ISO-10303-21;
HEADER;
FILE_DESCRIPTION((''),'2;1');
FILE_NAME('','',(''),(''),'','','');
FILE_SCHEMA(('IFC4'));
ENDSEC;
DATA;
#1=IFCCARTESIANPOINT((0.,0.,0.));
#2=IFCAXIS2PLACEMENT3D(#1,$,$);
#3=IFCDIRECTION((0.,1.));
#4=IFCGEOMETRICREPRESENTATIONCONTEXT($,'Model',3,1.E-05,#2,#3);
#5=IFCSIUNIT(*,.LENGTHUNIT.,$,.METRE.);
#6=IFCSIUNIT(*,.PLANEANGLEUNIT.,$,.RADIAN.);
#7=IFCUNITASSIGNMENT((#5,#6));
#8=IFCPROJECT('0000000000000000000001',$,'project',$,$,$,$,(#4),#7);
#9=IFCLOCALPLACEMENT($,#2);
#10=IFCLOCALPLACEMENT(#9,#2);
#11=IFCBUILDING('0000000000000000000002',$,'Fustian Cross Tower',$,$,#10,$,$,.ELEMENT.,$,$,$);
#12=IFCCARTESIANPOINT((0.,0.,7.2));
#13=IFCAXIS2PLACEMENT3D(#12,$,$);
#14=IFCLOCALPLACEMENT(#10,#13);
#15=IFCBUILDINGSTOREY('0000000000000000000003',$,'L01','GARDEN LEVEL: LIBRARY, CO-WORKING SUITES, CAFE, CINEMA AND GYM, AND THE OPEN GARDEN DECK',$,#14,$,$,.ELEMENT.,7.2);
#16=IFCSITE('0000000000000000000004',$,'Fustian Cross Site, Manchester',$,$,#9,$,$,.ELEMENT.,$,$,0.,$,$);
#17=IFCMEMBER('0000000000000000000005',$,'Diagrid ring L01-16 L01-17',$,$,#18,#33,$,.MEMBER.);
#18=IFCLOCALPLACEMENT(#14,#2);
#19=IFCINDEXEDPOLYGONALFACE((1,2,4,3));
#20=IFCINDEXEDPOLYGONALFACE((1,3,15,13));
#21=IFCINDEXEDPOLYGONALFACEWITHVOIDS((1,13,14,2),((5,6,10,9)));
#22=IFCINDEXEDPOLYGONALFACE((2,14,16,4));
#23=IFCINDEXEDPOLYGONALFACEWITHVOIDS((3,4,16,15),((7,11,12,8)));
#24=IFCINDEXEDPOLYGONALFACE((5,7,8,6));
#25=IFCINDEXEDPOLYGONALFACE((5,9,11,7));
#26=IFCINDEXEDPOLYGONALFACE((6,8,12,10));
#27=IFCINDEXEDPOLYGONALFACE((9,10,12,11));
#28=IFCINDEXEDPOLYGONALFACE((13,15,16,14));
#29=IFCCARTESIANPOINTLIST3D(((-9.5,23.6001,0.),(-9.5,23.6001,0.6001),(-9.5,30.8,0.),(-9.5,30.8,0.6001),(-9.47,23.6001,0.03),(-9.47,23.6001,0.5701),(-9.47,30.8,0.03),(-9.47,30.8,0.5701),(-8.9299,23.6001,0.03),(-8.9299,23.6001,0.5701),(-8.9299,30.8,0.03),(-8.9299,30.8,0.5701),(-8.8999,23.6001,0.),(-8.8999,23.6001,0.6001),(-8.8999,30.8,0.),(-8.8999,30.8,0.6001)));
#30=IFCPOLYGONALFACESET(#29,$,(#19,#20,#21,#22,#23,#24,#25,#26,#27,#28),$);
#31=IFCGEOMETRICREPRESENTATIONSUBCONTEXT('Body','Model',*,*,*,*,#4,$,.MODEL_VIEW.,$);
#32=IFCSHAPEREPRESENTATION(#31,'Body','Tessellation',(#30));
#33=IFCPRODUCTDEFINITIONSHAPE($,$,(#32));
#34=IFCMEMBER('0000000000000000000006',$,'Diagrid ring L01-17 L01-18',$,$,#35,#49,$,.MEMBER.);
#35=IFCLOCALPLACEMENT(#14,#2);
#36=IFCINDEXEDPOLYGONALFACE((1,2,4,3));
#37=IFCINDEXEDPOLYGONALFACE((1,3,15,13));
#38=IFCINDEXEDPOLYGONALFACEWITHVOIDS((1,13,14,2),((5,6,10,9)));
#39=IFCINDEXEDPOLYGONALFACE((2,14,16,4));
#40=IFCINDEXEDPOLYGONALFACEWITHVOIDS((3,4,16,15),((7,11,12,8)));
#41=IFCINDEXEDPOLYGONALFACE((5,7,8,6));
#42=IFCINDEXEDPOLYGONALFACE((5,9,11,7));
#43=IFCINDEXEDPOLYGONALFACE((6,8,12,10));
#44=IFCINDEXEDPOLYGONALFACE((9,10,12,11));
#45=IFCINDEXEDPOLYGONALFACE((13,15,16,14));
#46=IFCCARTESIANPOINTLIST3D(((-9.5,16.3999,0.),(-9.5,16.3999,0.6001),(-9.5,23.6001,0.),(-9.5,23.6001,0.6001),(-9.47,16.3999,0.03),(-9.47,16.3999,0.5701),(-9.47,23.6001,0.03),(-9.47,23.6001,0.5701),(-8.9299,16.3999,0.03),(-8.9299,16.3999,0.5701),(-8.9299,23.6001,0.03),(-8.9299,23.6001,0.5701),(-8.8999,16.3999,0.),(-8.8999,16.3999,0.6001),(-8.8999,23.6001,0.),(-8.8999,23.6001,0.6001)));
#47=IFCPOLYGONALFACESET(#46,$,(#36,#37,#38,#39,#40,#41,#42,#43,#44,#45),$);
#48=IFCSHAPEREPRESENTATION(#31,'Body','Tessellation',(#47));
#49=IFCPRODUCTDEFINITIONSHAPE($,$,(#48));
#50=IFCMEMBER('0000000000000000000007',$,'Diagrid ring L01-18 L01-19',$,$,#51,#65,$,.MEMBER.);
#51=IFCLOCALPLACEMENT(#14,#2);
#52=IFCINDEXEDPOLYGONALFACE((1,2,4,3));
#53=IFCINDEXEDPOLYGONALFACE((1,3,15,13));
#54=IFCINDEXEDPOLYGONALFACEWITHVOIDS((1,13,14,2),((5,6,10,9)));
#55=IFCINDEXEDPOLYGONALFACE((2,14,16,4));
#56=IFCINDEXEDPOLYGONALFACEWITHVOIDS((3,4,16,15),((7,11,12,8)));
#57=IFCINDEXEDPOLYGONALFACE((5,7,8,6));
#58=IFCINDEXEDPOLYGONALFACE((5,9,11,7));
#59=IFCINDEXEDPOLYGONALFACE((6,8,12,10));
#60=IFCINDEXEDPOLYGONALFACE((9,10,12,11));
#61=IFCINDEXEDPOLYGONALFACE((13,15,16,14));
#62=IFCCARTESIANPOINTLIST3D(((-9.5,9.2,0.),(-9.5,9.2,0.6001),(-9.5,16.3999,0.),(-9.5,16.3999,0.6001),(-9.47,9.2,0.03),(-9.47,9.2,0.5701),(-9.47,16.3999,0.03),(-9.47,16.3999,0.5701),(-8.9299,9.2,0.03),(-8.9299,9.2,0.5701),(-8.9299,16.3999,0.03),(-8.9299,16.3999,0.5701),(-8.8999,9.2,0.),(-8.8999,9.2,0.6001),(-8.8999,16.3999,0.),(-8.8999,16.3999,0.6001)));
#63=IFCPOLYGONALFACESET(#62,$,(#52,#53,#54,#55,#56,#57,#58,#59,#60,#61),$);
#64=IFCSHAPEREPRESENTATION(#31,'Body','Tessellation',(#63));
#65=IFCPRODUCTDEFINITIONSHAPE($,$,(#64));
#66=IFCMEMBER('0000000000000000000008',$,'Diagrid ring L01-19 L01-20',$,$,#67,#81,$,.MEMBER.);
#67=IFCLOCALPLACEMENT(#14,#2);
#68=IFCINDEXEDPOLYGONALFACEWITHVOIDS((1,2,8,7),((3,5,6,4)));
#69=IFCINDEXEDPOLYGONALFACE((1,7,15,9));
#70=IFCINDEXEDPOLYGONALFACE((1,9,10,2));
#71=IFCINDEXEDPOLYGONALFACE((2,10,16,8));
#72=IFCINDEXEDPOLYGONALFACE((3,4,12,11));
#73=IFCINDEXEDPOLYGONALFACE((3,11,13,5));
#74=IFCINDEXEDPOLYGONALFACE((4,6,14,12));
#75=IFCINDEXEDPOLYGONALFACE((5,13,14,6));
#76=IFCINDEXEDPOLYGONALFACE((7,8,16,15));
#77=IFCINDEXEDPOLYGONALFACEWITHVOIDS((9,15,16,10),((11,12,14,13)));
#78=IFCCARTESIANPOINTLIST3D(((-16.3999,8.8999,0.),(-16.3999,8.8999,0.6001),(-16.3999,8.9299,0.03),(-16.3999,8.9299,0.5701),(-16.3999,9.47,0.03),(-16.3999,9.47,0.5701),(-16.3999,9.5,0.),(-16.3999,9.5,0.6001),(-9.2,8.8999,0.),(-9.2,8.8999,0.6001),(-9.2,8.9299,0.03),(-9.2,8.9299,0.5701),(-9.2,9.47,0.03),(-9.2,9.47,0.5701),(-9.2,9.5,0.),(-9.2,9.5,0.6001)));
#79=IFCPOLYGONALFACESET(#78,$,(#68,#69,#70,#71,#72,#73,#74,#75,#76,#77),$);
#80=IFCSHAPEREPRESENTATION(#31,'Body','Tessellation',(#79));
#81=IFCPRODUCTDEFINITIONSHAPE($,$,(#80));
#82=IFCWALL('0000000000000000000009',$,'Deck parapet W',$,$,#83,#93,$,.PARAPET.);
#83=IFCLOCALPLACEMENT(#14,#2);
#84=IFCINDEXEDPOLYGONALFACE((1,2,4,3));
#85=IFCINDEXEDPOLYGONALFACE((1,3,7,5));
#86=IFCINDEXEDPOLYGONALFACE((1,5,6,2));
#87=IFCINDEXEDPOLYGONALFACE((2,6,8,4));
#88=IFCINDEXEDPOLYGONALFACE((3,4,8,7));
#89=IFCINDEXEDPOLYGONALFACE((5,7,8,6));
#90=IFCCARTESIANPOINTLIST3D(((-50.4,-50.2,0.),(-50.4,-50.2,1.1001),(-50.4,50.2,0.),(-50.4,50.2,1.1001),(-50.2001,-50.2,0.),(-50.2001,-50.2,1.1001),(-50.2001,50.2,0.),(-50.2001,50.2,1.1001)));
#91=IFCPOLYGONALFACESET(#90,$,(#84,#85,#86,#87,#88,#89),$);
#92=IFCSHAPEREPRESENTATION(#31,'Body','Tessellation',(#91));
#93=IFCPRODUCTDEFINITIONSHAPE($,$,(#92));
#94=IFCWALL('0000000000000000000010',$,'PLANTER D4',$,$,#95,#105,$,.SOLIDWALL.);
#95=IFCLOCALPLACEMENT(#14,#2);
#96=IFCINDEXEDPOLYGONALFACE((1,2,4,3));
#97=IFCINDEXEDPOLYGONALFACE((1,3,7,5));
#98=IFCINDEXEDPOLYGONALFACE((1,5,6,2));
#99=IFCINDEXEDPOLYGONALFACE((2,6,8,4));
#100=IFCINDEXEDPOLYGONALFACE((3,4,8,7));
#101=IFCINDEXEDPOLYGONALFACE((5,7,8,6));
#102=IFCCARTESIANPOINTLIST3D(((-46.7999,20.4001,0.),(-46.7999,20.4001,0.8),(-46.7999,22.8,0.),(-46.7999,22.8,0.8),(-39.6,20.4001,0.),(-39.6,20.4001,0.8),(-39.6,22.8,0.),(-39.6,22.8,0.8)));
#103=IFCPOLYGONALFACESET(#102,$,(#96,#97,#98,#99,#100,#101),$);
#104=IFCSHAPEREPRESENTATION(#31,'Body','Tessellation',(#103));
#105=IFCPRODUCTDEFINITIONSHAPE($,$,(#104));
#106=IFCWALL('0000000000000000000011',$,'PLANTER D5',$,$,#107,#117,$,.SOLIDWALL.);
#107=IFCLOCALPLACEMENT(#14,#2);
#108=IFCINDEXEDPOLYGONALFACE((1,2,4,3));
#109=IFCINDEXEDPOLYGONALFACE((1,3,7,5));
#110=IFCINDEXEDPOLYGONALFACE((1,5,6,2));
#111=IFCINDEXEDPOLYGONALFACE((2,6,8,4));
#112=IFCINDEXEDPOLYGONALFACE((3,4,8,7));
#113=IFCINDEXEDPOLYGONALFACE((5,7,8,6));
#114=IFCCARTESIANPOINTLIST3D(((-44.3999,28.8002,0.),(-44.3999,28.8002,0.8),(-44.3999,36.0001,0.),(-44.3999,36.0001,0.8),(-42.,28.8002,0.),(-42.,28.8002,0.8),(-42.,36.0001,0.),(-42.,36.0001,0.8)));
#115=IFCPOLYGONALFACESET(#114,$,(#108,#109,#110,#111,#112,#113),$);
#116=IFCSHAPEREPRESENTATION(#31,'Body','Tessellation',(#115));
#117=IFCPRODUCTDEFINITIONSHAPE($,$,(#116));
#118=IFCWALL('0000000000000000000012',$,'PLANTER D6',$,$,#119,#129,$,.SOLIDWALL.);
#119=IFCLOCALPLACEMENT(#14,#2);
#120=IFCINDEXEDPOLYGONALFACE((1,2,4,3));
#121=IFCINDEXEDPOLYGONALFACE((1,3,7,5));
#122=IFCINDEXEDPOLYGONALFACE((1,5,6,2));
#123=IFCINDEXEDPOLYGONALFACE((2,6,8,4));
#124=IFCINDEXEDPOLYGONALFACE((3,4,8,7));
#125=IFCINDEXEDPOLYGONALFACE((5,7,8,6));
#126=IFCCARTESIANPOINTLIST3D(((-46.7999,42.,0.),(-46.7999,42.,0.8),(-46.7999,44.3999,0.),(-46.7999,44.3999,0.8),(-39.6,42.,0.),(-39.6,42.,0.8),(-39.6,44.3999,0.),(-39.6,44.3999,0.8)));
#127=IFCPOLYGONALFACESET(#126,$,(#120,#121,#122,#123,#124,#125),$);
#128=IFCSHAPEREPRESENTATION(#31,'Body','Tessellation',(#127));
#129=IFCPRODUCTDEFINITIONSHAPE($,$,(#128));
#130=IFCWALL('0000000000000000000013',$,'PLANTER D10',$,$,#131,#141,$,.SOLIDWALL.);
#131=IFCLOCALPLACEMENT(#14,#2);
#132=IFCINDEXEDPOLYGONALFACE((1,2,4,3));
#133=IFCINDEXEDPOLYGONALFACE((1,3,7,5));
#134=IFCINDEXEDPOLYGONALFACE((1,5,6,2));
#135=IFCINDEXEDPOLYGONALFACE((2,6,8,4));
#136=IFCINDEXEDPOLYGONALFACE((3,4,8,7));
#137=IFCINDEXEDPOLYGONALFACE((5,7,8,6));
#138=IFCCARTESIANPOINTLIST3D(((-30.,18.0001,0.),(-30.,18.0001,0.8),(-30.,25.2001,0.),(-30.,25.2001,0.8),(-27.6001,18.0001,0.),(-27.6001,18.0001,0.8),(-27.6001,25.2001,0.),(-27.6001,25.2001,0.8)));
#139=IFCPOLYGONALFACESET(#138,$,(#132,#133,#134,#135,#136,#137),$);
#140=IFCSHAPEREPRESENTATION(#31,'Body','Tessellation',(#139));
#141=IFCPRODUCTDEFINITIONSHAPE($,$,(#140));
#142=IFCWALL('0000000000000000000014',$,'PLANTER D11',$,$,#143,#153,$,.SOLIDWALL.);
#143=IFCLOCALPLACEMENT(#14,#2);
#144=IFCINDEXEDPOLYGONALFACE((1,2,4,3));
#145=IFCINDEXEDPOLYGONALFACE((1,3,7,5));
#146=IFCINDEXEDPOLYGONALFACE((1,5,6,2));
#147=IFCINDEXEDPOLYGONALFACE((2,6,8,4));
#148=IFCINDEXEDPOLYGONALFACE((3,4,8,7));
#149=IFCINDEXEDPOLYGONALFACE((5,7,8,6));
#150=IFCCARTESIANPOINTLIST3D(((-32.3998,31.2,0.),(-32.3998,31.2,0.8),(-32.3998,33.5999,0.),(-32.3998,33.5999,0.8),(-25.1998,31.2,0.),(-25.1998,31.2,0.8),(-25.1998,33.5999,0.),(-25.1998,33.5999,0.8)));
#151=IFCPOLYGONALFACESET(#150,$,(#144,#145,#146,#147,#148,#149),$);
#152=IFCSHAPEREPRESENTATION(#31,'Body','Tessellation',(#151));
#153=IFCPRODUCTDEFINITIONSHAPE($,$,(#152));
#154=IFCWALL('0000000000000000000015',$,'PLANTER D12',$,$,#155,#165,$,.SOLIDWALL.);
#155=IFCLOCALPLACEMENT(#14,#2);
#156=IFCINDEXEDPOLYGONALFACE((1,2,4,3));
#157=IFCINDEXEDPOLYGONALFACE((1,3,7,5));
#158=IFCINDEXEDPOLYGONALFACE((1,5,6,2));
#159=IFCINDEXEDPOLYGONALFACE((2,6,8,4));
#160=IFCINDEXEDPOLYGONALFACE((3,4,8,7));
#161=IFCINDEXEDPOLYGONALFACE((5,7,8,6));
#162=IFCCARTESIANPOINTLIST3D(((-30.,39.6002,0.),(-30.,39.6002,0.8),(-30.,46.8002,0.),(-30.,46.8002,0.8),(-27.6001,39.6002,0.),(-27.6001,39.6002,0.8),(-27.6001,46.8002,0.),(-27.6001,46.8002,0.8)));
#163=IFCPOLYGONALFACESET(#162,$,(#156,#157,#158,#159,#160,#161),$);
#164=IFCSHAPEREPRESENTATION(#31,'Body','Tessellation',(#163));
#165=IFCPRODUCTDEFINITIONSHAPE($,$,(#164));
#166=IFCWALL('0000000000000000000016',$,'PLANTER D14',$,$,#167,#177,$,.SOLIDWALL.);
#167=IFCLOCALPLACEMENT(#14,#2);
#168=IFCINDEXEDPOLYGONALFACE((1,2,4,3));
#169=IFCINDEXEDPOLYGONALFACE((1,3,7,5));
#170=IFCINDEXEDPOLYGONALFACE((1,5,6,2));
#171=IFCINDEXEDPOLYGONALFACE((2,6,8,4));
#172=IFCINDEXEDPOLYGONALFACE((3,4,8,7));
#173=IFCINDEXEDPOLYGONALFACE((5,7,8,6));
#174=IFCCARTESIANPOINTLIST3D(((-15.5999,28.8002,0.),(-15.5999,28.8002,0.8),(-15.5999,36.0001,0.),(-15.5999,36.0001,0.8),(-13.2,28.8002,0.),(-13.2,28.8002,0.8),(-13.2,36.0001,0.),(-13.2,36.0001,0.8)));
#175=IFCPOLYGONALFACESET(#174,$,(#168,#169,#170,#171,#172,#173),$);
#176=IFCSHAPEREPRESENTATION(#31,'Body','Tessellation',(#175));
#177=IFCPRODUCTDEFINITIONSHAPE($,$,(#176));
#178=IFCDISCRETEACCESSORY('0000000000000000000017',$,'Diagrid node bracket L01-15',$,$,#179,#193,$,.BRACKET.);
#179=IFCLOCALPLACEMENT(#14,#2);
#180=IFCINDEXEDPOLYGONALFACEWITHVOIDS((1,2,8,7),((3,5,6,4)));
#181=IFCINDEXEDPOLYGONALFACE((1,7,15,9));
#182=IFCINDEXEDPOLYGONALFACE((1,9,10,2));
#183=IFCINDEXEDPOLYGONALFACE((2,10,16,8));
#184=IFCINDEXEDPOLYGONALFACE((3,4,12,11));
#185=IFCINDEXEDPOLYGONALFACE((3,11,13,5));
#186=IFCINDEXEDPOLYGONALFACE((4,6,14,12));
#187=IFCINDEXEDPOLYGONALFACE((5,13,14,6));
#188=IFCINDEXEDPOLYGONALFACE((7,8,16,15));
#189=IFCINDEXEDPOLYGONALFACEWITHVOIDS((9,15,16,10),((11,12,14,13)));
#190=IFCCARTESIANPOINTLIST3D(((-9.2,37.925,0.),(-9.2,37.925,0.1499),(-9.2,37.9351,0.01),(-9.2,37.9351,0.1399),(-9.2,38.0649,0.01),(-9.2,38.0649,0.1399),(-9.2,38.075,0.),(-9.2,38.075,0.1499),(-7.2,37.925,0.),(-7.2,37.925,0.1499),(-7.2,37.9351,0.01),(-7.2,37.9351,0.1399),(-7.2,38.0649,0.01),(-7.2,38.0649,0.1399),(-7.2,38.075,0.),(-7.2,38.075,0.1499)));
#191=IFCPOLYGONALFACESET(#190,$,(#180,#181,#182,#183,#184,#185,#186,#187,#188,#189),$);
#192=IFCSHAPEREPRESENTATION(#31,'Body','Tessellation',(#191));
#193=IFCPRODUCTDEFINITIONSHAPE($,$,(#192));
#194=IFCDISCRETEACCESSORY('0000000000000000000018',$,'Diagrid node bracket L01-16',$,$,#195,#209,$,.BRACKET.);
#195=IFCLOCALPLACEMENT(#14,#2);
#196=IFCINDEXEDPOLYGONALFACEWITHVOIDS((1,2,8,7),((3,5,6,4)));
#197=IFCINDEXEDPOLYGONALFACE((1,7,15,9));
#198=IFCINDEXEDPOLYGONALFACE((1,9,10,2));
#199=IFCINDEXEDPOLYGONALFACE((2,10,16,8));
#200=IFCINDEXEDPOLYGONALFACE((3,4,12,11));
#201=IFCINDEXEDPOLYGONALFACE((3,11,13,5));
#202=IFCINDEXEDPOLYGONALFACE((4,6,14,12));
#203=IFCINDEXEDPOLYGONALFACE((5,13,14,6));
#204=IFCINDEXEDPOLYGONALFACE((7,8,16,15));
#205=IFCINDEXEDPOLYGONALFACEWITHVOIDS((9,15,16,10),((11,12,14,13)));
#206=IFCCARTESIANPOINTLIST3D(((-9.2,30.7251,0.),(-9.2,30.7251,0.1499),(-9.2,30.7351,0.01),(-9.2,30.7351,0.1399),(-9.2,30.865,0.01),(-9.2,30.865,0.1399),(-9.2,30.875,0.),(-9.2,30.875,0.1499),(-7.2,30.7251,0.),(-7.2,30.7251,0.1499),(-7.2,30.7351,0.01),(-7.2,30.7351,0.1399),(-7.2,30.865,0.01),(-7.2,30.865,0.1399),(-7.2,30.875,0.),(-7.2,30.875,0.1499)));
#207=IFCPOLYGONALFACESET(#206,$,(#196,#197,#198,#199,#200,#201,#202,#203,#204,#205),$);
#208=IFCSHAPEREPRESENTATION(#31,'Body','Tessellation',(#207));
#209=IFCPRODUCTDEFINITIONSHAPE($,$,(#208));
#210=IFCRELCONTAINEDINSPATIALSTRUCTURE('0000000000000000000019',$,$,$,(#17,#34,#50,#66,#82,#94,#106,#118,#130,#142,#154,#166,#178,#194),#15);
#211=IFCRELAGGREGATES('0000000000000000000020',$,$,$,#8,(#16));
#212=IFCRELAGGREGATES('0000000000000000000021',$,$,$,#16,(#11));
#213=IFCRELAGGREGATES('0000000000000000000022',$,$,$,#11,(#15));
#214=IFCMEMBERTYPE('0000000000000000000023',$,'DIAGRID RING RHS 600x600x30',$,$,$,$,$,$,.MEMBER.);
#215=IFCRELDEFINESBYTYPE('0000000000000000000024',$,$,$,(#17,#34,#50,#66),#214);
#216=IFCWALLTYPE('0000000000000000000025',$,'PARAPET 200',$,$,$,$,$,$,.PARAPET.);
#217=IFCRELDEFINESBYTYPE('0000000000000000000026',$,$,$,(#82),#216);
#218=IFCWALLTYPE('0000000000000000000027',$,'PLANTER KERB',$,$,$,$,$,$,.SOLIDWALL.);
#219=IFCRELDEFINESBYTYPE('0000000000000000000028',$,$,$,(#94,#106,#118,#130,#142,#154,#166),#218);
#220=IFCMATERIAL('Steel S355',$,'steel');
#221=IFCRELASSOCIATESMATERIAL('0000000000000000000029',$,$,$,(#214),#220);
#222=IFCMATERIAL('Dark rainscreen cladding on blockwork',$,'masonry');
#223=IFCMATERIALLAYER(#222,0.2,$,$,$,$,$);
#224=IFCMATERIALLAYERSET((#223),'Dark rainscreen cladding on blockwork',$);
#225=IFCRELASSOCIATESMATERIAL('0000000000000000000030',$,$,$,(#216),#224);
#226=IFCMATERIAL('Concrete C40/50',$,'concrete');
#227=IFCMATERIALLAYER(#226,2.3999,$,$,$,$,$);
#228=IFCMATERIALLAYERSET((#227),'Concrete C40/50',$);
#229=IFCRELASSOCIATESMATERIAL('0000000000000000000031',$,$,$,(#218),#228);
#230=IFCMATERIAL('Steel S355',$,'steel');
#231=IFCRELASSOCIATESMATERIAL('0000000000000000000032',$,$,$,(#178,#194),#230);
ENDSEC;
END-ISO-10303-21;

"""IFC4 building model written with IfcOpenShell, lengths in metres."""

from ifc_helpers import new_model, si_unit, direction, frame, frame_2d, origin, origin_2d, place, context, subcontext, project, spatial, rectangle, hollow_rectangle, extrude, material, layer, layer_set, material_profile, profile_set, type_object, element, save


model = new_model("IFC4")

# Units and contexts
model_context = context("Model", 3, precision=1e-05, world=origin(), true_north=direction((0.0, 1.0)))
body_context = subcontext(model_context, "Body", "Model", "MODEL_VIEW")
ifc_project = project(units=[si_unit("LENGTHUNIT", "METRE"), si_unit("PLANEANGLEUNIT", "RADIAN")], contexts=[model_context])

# Site, building, storey
site_placement = place(None, origin())
site = spatial("IfcSite", under=ifc_project, at=site_placement, Name="Fustian Cross Site, Manchester", CompositionType="ELEMENT", RefElevation=0.0)
building_placement = place(site_placement, origin())
building = spatial("IfcBuilding", under=site, at=building_placement, Name="Fustian Cross Tower", CompositionType="ELEMENT")
storey_placement = place(building_placement, frame((0.0, 0.0, 7.2)))
storey = spatial("IfcBuildingStorey", under=building, at=storey_placement, Name="L01", Description="GARDEN LEVEL: LIBRARY, CO-WORKING SUITES, CAFE, CINEMA AND GYM, AND THE OPEN GARDEN DECK", CompositionType="ELEMENT", Elevation=7.2)

# Members
ifc_material_1 = material(Name="Steel S355", Category="steel")
ifc_material_profile_1 = material_profile(ifc_material_1, hollow_rectangle(XDim=0.6001, YDim=0.6001, WallThickness=0.03, at=origin_2d()), Name="RHS 600x600x30")
ifc_profile_set_1 = profile_set([ifc_material_profile_1], Name="Steel S355")
member_type_1 = type_object("IfcMemberType", Name="DIAGRID RING RHS 600x600x30", PredefinedType="MEMBER", material=ifc_profile_set_1)
for number, where, z_axis, x_axis, name in (
    (1, (-9.2, 30.8, 0.3), (0.0, -1.0, 0.0), (1.0, 0.0, 0.0), "Diagrid ring L01-16 L01-17"),
):
    element("IfcMember", number, at=place(storey_placement, frame(where, z_axis=z_axis, x_axis=x_axis)), inside=storey, type_object=member_type_1, Name=name, PredefinedType="MEMBER", context=body_context, shape_type="SweptSolid", body=[
        extrude(hollow_rectangle(XDim=0.6001, YDim=0.6001, WallThickness=0.03, at=origin_2d()), origin(), (0.0, 0.0, 1.0), 7.2),
    ])
member_1_placement = place(storey_placement, frame((-9.2, 23.6001, 0.3), z_axis=(0.0, -1.0, 0.0), x_axis=(1.0, 0.0, 0.0)))
element("IfcMember", 2, at=member_1_placement, inside=storey, type_object=member_type_1, Name="Diagrid ring L01-17 L01-18", PredefinedType="MEMBER", context=body_context, shape_type="SweptSolid", body=[
    extrude(hollow_rectangle(XDim=0.6001, YDim=0.6001, WallThickness=0.03, at=origin_2d()), origin(), (0.0, 0.0, 1.0), 7.2002),
])
for number, where, z_axis, x_axis, name in (
    (3, (-9.2, 16.3999, 0.3), (0.0, -1.0, 0.0), (1.0, 0.0, 0.0), "Diagrid ring L01-18 L01-19"),
    (4, (-9.2, 9.2, 0.3), (-1.0, 0.0, 0.0), (0.0, -1.0, 0.0), "Diagrid ring L01-19 L01-20"),
):
    element("IfcMember", number, at=place(storey_placement, frame(where, z_axis=z_axis, x_axis=x_axis)), inside=storey, type_object=member_type_1, Name=name, PredefinedType="MEMBER", context=body_context, shape_type="SweptSolid", body=[
        extrude(hollow_rectangle(XDim=0.6001, YDim=0.6001, WallThickness=0.03, at=origin_2d()), origin(), (0.0, 0.0, 1.0), 7.2),
    ])

# Walls
ifc_material_2 = material(Name="Dark rainscreen cladding on blockwork", Category="masonry")
ifc_layer_1 = layer(ifc_material_2, 0.2)
ifc_layer_set_1 = layer_set([ifc_layer_1], Name="Dark rainscreen cladding on blockwork")
wall_type_1 = type_object("IfcWallType", Name="PARAPET 200", PredefinedType="PARAPET", material=ifc_layer_set_1)
wall_placement = place(storey_placement, frame((-50.3, 50.2, 0.0), z_axis=(0.0, 0.0, 1.0), x_axis=(0.0, -1.0, 0.0)))
element("IfcWall", 5, at=wall_placement, inside=storey, type_object=wall_type_1, Name="Deck parapet W", PredefinedType="PARAPET", context=body_context, shape_type="SweptSolid", body=[
    extrude(rectangle(XDim=100.3999, YDim=0.2, at=frame_2d((50.2, 0.0))), origin(), (0.0, 0.0, 1.0), 1.1001),
])
ifc_material_3 = material(Name="Concrete C40/50", Category="concrete")
ifc_layer_2 = layer(ifc_material_3, 2.3999)
ifc_layer_set_2 = layer_set([ifc_layer_2], Name="Concrete C40/50")
wall_type_2 = type_object("IfcWallType", Name="PLANTER KERB", PredefinedType="SOLIDWALL", material=ifc_layer_set_2)
for number, where, z_axis, x_axis, name in (
    (6, (-46.8, 21.6001, 0.0), (0.0, 0.0, 1.0), (1.0, 0.0, 0.0), "PLANTER D4"),
    (7, (-43.2, 28.8, 0.0), (0.0, 0.0, 1.0), (0.0, 1.0, 0.0), "PLANTER D5"),
    (8, (-46.8, 43.2, 0.0), (0.0, 0.0, 1.0), (1.0, 0.0, 0.0), "PLANTER D6"),
    (9, (-28.8, 18.0, 0.0), (0.0, 0.0, 1.0), (0.0, 1.0, 0.0), "PLANTER D10"),
    (10, (-32.3999, 32.3999, 0.0), (0.0, 0.0, 1.0), (1.0, 0.0, 0.0), "PLANTER D11"),
    (11, (-28.8, 39.6001, 0.0), (0.0, 0.0, 1.0), (0.0, 1.0, 0.0), "PLANTER D12"),
    (12, (-14.3999, 28.8, 0.0), (0.0, 0.0, 1.0), (0.0, 1.0, 0.0), "PLANTER D14"),
):
    element("IfcWall", number, at=place(storey_placement, frame(where, z_axis=z_axis, x_axis=x_axis)), inside=storey, type_object=wall_type_2, Name=name, PredefinedType="SOLIDWALL", context=body_context, shape_type="SweptSolid", body=[
        extrude(rectangle(XDim=7.2, YDim=2.3999, at=frame_2d((3.6001, 0.0))), origin(), (0.0, 0.0, 1.0), 0.8),
    ])

# Discrete accessories
ifc_material_4 = material(Name="Steel S355", Category="steel")
for number, where, z_axis, x_axis, name in (
    (13, (-9.2, 38.0, 0.075), (1.0, 0.0, 0.0), (0.0, 1.0, 0.0), "Diagrid node bracket L01-15"),
    (14, (-9.2, 30.8, 0.075), (1.0, 0.0, 0.0), (0.0, 1.0, 0.0), "Diagrid node bracket L01-16"),
):
    element("IfcDiscreteAccessory", number, at=place(storey_placement, frame(where, z_axis=z_axis, x_axis=x_axis)), inside=storey, material=ifc_material_4, Name=name, PredefinedType="BRACKET", context=body_context, shape_type="SweptSolid", body=[
        extrude(hollow_rectangle(XDim=0.1499, YDim=0.1499, WallThickness=0.01, at=origin_2d()), origin(), (0.0, 0.0, 1.0), 2.0),
    ])

save(model, "model.ifc")
